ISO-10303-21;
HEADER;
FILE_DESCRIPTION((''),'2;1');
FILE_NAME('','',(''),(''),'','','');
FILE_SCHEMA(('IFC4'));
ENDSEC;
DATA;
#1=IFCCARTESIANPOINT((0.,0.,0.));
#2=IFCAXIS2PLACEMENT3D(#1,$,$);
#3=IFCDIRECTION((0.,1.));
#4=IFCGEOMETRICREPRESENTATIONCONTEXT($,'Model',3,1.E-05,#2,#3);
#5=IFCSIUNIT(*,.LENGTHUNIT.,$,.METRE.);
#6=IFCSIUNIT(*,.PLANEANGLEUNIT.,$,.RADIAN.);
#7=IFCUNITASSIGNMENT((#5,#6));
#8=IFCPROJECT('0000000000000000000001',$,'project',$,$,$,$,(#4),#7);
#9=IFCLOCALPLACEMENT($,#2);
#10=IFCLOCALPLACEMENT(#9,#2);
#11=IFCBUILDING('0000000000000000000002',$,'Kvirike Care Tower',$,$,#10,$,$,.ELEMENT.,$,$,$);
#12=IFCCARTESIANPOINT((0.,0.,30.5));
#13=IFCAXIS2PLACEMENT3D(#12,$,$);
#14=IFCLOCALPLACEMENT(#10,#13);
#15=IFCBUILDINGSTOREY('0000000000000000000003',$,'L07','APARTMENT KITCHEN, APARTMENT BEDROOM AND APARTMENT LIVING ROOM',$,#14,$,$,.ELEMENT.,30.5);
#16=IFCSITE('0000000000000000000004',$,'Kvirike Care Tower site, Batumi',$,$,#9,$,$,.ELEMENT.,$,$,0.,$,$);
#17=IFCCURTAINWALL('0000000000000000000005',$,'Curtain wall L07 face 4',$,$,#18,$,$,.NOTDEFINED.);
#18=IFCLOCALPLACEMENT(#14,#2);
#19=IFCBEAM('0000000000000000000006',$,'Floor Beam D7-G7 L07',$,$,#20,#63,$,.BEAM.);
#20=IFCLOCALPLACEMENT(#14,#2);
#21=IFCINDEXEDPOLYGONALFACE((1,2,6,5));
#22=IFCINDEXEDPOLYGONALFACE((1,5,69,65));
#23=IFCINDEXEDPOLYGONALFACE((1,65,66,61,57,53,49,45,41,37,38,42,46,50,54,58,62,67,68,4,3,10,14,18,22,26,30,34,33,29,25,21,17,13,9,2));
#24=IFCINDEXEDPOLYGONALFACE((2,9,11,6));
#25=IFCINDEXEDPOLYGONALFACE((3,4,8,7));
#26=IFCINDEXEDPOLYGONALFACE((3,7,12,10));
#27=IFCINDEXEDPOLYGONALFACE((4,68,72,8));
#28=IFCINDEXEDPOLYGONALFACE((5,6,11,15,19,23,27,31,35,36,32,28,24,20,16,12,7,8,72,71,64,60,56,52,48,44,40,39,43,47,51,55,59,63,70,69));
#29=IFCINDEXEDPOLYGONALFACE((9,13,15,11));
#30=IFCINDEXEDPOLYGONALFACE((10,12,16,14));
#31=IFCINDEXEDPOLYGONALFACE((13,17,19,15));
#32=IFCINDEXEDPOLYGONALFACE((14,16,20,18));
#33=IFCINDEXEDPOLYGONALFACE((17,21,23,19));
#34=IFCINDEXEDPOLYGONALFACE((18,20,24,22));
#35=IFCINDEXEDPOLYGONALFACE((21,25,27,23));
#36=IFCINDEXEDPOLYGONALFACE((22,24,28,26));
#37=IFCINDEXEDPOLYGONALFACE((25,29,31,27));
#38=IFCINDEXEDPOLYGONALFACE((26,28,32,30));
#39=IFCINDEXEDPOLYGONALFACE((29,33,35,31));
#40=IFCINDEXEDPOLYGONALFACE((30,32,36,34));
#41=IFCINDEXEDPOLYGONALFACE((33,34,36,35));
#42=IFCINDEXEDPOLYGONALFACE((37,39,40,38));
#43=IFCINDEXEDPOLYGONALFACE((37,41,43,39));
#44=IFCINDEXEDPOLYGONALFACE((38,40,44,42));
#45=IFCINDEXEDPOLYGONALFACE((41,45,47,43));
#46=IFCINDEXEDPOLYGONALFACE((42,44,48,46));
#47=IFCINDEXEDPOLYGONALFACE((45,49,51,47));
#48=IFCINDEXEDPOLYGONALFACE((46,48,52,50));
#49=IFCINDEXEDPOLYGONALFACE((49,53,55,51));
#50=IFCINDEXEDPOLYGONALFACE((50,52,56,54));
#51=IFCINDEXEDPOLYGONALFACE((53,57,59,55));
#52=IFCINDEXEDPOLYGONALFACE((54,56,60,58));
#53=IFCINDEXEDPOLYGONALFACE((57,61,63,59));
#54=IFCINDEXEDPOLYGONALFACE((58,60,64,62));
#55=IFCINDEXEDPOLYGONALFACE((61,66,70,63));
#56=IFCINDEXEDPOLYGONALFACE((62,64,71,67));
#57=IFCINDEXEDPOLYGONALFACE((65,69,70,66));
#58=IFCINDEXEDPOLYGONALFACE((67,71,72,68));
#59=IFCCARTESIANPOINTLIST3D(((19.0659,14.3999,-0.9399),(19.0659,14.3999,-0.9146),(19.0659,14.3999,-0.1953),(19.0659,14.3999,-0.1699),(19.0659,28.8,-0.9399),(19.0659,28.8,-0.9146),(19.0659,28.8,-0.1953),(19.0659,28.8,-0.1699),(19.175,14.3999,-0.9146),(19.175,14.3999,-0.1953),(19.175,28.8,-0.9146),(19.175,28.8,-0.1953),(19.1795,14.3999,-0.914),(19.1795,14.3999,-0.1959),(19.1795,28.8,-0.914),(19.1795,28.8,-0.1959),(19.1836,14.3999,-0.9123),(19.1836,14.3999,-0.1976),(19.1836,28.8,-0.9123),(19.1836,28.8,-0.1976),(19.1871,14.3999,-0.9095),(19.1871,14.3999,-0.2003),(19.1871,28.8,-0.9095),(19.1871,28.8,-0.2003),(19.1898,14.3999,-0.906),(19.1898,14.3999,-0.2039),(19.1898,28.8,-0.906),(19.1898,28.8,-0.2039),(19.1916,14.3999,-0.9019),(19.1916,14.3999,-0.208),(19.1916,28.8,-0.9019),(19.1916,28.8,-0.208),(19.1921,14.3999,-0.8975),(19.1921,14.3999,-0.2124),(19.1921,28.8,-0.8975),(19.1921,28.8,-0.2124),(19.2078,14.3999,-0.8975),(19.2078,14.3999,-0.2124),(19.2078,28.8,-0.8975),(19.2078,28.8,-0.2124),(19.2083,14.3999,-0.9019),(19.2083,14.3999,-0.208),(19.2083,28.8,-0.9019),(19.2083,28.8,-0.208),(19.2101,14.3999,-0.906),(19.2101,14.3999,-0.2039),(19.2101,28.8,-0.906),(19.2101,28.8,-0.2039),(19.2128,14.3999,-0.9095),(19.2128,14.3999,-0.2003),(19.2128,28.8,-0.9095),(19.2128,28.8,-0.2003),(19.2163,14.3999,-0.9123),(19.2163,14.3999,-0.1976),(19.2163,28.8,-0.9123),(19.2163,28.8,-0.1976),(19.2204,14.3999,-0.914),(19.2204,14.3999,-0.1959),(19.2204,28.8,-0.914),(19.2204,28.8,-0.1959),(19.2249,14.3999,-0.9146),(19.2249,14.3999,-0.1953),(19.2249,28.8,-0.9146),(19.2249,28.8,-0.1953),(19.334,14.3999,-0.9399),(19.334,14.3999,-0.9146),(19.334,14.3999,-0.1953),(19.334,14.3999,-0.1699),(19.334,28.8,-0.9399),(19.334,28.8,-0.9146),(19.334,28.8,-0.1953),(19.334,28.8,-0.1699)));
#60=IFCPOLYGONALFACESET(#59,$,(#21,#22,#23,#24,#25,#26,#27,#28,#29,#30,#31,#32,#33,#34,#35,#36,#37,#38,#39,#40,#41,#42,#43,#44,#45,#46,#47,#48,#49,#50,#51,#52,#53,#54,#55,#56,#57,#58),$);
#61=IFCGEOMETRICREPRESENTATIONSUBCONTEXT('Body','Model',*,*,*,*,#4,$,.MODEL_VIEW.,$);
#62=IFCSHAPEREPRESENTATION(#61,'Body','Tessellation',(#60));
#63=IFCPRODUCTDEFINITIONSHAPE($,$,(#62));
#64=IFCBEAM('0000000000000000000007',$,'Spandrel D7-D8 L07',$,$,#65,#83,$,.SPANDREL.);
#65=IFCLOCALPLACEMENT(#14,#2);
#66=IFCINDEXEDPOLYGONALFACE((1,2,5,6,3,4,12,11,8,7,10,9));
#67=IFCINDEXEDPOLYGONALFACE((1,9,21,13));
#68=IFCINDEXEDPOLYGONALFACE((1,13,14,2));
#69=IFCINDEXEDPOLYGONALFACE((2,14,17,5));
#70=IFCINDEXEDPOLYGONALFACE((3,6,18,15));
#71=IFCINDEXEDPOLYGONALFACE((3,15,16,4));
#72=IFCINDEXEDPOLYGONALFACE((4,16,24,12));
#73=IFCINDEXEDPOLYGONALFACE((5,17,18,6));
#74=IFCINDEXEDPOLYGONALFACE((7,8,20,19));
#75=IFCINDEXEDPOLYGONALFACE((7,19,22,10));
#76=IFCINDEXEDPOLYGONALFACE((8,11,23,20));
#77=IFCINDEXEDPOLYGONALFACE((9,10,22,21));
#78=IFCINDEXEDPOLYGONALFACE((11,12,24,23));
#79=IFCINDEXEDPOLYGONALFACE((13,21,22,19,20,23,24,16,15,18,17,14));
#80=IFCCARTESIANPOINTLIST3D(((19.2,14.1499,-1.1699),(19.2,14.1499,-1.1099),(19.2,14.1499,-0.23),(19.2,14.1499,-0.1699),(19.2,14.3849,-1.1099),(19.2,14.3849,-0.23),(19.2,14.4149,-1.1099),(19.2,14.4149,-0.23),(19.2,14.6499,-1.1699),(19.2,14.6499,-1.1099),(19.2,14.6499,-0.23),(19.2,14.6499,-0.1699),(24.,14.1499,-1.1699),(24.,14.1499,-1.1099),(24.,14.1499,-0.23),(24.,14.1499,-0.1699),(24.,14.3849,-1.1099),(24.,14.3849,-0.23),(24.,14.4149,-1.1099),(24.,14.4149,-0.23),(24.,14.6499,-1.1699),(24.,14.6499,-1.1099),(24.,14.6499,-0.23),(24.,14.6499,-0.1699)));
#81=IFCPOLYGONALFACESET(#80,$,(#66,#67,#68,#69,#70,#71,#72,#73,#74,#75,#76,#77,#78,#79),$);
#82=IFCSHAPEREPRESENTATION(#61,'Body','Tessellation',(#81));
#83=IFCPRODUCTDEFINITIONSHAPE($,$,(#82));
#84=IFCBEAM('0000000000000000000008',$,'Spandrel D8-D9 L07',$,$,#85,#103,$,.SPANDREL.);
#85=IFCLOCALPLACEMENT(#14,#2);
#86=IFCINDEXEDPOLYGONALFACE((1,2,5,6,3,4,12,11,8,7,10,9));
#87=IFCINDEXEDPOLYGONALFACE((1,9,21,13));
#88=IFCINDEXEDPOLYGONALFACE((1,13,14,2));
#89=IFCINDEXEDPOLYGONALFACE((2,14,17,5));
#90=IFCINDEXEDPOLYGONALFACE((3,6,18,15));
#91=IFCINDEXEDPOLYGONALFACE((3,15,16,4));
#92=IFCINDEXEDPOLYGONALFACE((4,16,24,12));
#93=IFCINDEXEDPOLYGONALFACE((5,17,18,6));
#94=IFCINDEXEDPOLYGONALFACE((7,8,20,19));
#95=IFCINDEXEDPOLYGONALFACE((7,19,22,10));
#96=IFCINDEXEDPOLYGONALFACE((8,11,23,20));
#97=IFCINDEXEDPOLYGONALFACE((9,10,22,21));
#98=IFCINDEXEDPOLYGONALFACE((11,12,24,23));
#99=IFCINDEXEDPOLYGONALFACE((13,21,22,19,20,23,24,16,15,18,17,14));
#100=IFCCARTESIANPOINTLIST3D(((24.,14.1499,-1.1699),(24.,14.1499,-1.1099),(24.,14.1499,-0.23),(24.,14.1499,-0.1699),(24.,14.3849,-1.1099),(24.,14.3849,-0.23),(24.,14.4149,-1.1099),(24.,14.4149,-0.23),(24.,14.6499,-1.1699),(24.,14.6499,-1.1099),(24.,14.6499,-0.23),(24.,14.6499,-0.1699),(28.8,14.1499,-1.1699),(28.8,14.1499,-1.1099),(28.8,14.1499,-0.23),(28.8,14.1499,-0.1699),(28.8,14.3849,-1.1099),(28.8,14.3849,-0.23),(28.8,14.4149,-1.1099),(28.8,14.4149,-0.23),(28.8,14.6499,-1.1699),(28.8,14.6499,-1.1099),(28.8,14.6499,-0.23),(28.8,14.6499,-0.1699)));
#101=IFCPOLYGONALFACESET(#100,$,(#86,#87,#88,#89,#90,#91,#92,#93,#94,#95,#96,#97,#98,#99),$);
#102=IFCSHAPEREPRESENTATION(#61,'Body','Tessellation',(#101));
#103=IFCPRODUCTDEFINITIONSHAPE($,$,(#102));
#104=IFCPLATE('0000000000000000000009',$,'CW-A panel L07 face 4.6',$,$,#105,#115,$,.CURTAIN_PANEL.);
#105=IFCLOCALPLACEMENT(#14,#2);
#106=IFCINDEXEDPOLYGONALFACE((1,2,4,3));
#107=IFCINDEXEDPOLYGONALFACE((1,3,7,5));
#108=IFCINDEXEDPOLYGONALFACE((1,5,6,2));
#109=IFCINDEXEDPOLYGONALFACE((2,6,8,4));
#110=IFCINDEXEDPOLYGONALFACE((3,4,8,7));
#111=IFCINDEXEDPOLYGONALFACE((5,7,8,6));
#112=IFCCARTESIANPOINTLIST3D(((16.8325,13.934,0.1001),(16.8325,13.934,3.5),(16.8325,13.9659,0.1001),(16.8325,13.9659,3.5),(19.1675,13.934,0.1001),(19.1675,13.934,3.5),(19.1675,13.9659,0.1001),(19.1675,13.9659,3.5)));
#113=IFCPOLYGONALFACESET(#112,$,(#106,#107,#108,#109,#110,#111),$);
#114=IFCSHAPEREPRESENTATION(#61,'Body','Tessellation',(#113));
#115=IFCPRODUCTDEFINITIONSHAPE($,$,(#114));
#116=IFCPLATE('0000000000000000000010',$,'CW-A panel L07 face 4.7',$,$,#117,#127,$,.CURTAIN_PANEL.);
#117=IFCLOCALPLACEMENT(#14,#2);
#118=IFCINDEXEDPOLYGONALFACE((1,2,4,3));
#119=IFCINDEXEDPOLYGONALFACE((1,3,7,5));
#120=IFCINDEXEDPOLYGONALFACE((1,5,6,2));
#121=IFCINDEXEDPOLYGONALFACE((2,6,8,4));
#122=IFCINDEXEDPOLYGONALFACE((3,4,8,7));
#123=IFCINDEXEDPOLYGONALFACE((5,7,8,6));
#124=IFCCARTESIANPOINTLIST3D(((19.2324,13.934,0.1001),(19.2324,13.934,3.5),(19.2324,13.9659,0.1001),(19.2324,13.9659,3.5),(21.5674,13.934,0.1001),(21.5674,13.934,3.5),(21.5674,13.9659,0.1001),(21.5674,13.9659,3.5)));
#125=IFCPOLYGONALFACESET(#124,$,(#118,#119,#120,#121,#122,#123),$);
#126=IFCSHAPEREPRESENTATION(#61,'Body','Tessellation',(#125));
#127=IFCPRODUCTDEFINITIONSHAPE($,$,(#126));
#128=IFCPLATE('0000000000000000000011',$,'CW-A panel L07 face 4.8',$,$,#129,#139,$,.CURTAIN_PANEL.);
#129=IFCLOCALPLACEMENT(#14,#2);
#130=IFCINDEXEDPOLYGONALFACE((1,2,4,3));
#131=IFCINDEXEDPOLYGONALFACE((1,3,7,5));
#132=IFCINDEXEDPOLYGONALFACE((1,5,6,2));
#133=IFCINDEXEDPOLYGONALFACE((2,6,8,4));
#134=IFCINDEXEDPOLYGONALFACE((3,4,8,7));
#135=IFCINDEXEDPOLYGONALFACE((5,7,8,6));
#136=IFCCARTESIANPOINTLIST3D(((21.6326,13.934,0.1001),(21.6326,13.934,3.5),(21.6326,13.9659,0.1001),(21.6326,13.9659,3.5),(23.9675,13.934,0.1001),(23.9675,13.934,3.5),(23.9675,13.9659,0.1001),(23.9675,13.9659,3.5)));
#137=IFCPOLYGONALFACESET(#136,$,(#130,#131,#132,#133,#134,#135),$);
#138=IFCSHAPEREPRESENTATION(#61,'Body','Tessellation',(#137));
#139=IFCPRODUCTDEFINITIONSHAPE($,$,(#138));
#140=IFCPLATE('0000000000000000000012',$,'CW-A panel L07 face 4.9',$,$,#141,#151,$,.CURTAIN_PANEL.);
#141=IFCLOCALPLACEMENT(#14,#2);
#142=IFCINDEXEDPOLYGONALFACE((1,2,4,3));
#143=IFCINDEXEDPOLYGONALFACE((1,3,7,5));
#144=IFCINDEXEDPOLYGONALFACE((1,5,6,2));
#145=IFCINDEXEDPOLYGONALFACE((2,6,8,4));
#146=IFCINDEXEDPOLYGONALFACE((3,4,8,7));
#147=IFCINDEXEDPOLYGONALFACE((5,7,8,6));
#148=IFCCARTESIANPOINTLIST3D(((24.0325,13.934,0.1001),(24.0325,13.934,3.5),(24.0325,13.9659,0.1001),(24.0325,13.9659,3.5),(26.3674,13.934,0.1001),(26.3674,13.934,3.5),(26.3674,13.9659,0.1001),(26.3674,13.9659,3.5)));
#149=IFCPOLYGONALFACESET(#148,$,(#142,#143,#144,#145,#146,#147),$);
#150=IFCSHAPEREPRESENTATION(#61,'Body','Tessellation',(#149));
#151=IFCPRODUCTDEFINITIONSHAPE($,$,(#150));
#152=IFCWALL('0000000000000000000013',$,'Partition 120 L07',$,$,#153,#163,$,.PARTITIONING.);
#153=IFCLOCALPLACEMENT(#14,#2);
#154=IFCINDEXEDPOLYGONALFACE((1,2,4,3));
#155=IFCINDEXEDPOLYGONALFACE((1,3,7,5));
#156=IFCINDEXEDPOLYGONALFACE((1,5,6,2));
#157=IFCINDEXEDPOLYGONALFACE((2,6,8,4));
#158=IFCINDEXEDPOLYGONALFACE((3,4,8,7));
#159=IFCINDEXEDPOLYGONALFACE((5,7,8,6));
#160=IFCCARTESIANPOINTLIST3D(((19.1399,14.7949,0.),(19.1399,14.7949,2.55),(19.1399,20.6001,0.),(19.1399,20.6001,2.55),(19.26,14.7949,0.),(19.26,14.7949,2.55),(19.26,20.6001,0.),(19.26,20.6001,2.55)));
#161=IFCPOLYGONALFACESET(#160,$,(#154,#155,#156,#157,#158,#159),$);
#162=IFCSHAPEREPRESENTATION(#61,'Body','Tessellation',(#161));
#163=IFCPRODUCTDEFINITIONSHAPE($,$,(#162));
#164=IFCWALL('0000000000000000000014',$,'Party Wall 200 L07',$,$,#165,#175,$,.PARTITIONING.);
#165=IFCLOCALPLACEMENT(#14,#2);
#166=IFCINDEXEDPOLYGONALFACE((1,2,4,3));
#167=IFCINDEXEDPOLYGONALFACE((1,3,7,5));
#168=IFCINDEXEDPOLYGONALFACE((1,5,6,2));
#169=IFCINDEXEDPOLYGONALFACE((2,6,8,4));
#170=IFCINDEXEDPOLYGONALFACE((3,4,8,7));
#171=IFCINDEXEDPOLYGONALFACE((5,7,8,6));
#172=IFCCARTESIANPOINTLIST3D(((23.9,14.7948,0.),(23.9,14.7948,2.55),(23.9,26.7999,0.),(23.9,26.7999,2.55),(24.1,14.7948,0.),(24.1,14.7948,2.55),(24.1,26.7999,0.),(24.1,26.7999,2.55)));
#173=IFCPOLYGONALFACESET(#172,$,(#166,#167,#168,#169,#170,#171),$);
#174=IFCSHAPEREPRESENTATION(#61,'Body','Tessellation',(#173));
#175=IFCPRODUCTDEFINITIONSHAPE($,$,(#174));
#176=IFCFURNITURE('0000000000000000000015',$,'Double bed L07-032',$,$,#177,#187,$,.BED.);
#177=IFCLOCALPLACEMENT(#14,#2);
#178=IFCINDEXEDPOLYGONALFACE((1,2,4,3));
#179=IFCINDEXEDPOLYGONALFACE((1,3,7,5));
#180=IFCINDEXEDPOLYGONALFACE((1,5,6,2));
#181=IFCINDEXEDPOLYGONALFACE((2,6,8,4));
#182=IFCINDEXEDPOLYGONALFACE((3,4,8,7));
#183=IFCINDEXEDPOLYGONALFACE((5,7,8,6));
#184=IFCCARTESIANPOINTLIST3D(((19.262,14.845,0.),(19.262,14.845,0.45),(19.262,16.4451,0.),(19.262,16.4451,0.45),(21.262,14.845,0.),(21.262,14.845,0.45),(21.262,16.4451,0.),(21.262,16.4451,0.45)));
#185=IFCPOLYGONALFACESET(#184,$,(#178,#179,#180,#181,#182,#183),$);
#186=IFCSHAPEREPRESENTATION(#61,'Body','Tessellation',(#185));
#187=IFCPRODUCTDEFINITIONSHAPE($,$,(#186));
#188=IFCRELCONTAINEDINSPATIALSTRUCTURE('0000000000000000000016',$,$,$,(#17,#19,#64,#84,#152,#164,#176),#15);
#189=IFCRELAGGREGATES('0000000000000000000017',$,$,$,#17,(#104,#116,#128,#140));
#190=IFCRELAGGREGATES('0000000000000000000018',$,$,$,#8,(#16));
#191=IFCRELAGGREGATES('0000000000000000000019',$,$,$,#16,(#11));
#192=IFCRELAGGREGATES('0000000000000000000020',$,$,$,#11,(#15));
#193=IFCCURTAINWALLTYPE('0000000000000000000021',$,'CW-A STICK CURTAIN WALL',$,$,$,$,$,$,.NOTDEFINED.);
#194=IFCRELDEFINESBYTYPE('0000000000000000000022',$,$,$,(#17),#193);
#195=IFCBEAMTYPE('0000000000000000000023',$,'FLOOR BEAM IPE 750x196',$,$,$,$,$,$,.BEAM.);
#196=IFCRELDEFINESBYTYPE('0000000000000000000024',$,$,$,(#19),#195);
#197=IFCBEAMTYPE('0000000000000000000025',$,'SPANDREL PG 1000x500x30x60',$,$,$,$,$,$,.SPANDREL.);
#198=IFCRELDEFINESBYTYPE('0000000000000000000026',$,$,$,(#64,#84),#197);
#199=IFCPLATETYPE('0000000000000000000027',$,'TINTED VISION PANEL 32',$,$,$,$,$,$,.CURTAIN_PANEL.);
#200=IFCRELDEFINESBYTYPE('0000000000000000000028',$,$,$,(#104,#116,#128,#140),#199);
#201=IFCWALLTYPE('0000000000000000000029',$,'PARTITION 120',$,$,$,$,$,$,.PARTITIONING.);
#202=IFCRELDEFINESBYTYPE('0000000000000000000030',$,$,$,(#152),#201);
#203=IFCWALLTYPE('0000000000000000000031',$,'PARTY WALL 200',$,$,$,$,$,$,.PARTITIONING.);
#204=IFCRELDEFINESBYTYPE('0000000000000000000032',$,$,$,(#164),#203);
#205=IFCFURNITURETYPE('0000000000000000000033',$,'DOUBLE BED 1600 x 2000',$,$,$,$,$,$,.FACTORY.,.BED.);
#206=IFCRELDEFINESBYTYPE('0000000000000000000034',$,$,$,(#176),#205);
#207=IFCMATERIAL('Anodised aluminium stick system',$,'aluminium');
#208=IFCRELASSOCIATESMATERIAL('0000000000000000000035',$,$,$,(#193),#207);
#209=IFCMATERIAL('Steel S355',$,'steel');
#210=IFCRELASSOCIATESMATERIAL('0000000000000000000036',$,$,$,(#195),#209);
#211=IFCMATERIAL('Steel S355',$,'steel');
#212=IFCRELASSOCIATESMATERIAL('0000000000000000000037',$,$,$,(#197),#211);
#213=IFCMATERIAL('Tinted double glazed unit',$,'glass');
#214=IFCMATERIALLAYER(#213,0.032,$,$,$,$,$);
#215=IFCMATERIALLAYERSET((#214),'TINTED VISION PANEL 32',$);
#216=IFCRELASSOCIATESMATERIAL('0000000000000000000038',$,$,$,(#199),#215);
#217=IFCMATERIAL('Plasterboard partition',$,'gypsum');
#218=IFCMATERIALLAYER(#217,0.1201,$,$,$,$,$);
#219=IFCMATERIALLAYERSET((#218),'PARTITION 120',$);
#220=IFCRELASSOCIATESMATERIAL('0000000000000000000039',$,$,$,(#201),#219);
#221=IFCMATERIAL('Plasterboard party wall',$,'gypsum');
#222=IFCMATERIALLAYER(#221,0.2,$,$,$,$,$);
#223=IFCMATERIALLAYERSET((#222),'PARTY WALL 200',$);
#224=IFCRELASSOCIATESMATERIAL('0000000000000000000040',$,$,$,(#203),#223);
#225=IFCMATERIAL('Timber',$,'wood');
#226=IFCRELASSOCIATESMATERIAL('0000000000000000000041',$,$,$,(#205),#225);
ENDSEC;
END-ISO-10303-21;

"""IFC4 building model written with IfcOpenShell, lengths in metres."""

from ifc_helpers import new_model, si_unit, direction, frame, frame_2d, origin, origin_2d, place, context, subcontext, project, spatial, rectangle, i_section, extrude, material, layer, layer_set, material_profile, profile_set, type_object, element, aggregate, save


model = new_model("IFC4")

# Units and contexts
model_context = context("Model", 3, precision=1e-05, world=origin(), true_north=direction((0.0, 1.0)))
body_context = subcontext(model_context, "Body", "Model", "MODEL_VIEW")
ifc_project = project(units=[si_unit("LENGTHUNIT", "METRE"), si_unit("PLANEANGLEUNIT", "RADIAN")], contexts=[model_context])

# Site, building, storey
site_placement = place(None, origin())
site = spatial("IfcSite", under=ifc_project, at=site_placement, Name="Kvirike Care Tower site, Batumi", CompositionType="ELEMENT", RefElevation=0.0)
building_placement = place(site_placement, origin())
building = spatial("IfcBuilding", under=site, at=building_placement, Name="Kvirike Care Tower", CompositionType="ELEMENT")
storey_placement = place(building_placement, frame((0.0, 0.0, 30.5)))
storey = spatial("IfcBuildingStorey", under=building, at=storey_placement, Name="L07", Description="APARTMENT KITCHEN, APARTMENT BEDROOM AND APARTMENT LIVING ROOM", CompositionType="ELEMENT", Elevation=30.5)

# Curtain wall
ifc_material_1 = material(Name="Anodised aluminium stick system", Category="aluminium")
curtain_wall_type = type_object("IfcCurtainWallType", Name="CW-A STICK CURTAIN WALL", PredefinedType="NOTDEFINED", material=ifc_material_1)
curtain_wall_placement = place(storey_placement, origin())
curtain_wall = element("IfcCurtainWall", 1, at=curtain_wall_placement, inside=storey, type_object=curtain_wall_type, Name="Curtain wall L07 face 4", PredefinedType="NOTDEFINED")

# Beams
ifc_material_2 = material(Name="Steel S355", Category="steel")
ifc_material_profile_1 = material_profile(ifc_material_2, i_section(OverallWidth=0.2681, OverallDepth=0.77, WebThickness=0.0156, FlangeThickness=0.0254, FilletRadius=0.0171, at=origin_2d()), Name="IPE 750x196")
ifc_profile_set_1 = profile_set([ifc_material_profile_1], Name="Steel S355")
beam_type_1 = type_object("IfcBeamType", Name="FLOOR BEAM IPE 750x196", PredefinedType="BEAM", material=ifc_profile_set_1)
beam_1_placement = place(storey_placement, frame((19.2, 14.3999, -0.5549), z_axis=(0.0, 1.0, 0.0), x_axis=(-1.0, 0.0, 0.0)))
element("IfcBeam", 2, at=beam_1_placement, inside=storey, type_object=beam_type_1, Name="Floor Beam D7-G7 L07", PredefinedType="BEAM", context=body_context, shape_type="SweptSolid", body=[
    extrude(i_section(OverallWidth=0.2681, OverallDepth=0.77, WebThickness=0.0156, FlangeThickness=0.0254, FilletRadius=0.0171, at=origin_2d()), origin(), (0.0, 0.0, 1.0), 14.4001),
])
ifc_material_3 = material(Name="Steel S355", Category="steel")
ifc_material_profile_2 = material_profile(ifc_material_3, i_section(OverallWidth=0.5, OverallDepth=1.0, WebThickness=0.03, FlangeThickness=0.0601, at=origin_2d()), Name="PG 1000x500x30x60")
ifc_profile_set_2 = profile_set([ifc_material_profile_2], Name="Steel S355")
beam_type_2 = type_object("IfcBeamType", Name="SPANDREL PG 1000x500x30x60", PredefinedType="SPANDREL", material=ifc_profile_set_2)
for number, where, z_axis, x_axis, name in (
    (3, (19.2, 14.3999, -0.6699), (1.0, 0.0, 0.0), (0.0, 1.0, 0.0), "Spandrel D7-D8 L07"),
    (4, (24.0, 14.3999, -0.6699), (1.0, 0.0, 0.0), (0.0, 1.0, 0.0), "Spandrel D8-D9 L07"),
):
    element("IfcBeam", number, at=place(storey_placement, frame(where, z_axis=z_axis, x_axis=x_axis)), inside=storey, type_object=beam_type_2, Name=name, PredefinedType="SPANDREL", context=body_context, shape_type="SweptSolid", body=[
        extrude(i_section(OverallWidth=0.5, OverallDepth=1.0, WebThickness=0.03, FlangeThickness=0.0601, at=origin_2d()), origin(), (0.0, 0.0, 1.0), 4.8),
    ])

# Plates
ifc_material_4 = material(Name="Tinted double glazed unit", Category="glass")
ifc_layer_1 = layer(ifc_material_4, 0.032)
ifc_layer_set_1 = layer_set([ifc_layer_1], Name="TINTED VISION PANEL 32")
plate_type = type_object("IfcPlateType", Name="TINTED VISION PANEL 32", PredefinedType="CURTAIN_PANEL", material=ifc_layer_set_1)
plate_1_placement = place(storey_placement, frame((18.0, 13.95, 0.1001), z_axis=(0.0, 0.0, 1.0), x_axis=(1.0, 0.0, 0.0)))
plate_1 = element("IfcPlate", 5, at=plate_1_placement, type_object=plate_type, Name="CW-A panel L07 face 4.6", PredefinedType="CURTAIN_PANEL", context=body_context, shape_type="SweptSolid", body=[
    extrude(rectangle(XDim=2.335, YDim=0.032, at=origin_2d()), origin(), (0.0, 0.0, 1.0), 3.3999),
])
plate_2_placement = place(storey_placement, frame((20.3999, 13.95, 0.1001), z_axis=(0.0, 0.0, 1.0), x_axis=(1.0, 0.0, 0.0)))
plate_2 = element("IfcPlate", 6, at=plate_2_placement, type_object=plate_type, Name="CW-A panel L07 face 4.7", PredefinedType="CURTAIN_PANEL", context=body_context, shape_type="SweptSolid", body=[
    extrude(rectangle(XDim=2.335, YDim=0.032, at=origin_2d()), origin(), (0.0, 0.0, 1.0), 3.3999),
])
plate_3_placement = place(storey_placement, frame((22.8, 13.95, 0.1001), z_axis=(0.0, 0.0, 1.0), x_axis=(1.0, 0.0, 0.0)))
plate_3 = element("IfcPlate", 7, at=plate_3_placement, type_object=plate_type, Name="CW-A panel L07 face 4.8", PredefinedType="CURTAIN_PANEL", context=body_context, shape_type="SweptSolid", body=[
    extrude(rectangle(XDim=2.335, YDim=0.032, at=origin_2d()), origin(), (0.0, 0.0, 1.0), 3.3999),
])
plate_4_placement = place(storey_placement, frame((25.2, 13.95, 0.1001), z_axis=(0.0, 0.0, 1.0), x_axis=(1.0, 0.0, 0.0)))
plate_4 = element("IfcPlate", 8, at=plate_4_placement, type_object=plate_type, Name="CW-A panel L07 face 4.9", PredefinedType="CURTAIN_PANEL", context=body_context, shape_type="SweptSolid", body=[
    extrude(rectangle(XDim=2.335, YDim=0.032, at=origin_2d()), origin(), (0.0, 0.0, 1.0), 3.3999),
])
aggregate(curtain_wall, [plate_1, plate_2, plate_3, plate_4])

# Walls
ifc_material_5 = material(Name="Plasterboard partition", Category="gypsum")
ifc_layer_2 = layer(ifc_material_5, 0.1201)
ifc_layer_set_2 = layer_set([ifc_layer_2], Name="PARTITION 120")
wall_type_1 = type_object("IfcWallType", Name="PARTITION 120", PredefinedType="PARTITIONING", material=ifc_layer_set_2)
wall_1_placement = place(storey_placement, frame((19.2, 14.7949, 0.0), z_axis=(0.0, 0.0, 1.0), x_axis=(0.0, 1.0, 0.0)))
element("IfcWall", 9, at=wall_1_placement, inside=storey, type_object=wall_type_1, Name="Partition 120 L07", PredefinedType="PARTITIONING", context=body_context, shape_type="SweptSolid", body=[
    extrude(rectangle(XDim=5.8052, YDim=0.1201, at=frame_2d((2.9026, 0.0))), origin(), (0.0, 0.0, 1.0), 2.55),
])
ifc_material_6 = material(Name="Plasterboard party wall", Category="gypsum")
ifc_layer_3 = layer(ifc_material_6, 0.2)
ifc_layer_set_3 = layer_set([ifc_layer_3], Name="PARTY WALL 200")
wall_type_2 = type_object("IfcWallType", Name="PARTY WALL 200", PredefinedType="PARTITIONING", material=ifc_layer_set_3)
wall_2_placement = place(storey_placement, frame((24.0, 14.7949, 0.0), z_axis=(0.0, 0.0, 1.0), x_axis=(0.0, 1.0, 0.0)))
element("IfcWall", 10, at=wall_2_placement, inside=storey, type_object=wall_type_2, Name="Party Wall 200 L07", PredefinedType="PARTITIONING", context=body_context, shape_type="SweptSolid", body=[
    extrude(rectangle(XDim=12.0051, YDim=0.2, at=frame_2d((6.0024, 0.0))), origin(), (0.0, 0.0, 1.0), 2.55),
])

# Furniture
ifc_material_7 = material(Name="Timber", Category="wood")
furniture_type = type_object("IfcFurnitureType", Name="DOUBLE BED 1600 x 2000", AssemblyPlace="FACTORY", PredefinedType="BED", material=ifc_material_7)
for number, where, z_axis, x_axis, name in (
    (11, (20.262, 15.645, 0.0), (0.0, 0.0, 1.0), (0.0, 1.0, 0.0), "Double bed L07-032"),
):
    element("IfcFurniture", number, at=place(storey_placement, frame(where, z_axis=z_axis, x_axis=x_axis)), inside=storey, type_object=furniture_type, Name=name, PredefinedType="BED", context=body_context, shape_type="SweptSolid", body=[
        extrude(rectangle(XDim=1.6001, YDim=2.0, at=origin_2d()), origin(), (0.0, 0.0, 1.0), 0.45),
    ])

save(model, "model.ifc")
